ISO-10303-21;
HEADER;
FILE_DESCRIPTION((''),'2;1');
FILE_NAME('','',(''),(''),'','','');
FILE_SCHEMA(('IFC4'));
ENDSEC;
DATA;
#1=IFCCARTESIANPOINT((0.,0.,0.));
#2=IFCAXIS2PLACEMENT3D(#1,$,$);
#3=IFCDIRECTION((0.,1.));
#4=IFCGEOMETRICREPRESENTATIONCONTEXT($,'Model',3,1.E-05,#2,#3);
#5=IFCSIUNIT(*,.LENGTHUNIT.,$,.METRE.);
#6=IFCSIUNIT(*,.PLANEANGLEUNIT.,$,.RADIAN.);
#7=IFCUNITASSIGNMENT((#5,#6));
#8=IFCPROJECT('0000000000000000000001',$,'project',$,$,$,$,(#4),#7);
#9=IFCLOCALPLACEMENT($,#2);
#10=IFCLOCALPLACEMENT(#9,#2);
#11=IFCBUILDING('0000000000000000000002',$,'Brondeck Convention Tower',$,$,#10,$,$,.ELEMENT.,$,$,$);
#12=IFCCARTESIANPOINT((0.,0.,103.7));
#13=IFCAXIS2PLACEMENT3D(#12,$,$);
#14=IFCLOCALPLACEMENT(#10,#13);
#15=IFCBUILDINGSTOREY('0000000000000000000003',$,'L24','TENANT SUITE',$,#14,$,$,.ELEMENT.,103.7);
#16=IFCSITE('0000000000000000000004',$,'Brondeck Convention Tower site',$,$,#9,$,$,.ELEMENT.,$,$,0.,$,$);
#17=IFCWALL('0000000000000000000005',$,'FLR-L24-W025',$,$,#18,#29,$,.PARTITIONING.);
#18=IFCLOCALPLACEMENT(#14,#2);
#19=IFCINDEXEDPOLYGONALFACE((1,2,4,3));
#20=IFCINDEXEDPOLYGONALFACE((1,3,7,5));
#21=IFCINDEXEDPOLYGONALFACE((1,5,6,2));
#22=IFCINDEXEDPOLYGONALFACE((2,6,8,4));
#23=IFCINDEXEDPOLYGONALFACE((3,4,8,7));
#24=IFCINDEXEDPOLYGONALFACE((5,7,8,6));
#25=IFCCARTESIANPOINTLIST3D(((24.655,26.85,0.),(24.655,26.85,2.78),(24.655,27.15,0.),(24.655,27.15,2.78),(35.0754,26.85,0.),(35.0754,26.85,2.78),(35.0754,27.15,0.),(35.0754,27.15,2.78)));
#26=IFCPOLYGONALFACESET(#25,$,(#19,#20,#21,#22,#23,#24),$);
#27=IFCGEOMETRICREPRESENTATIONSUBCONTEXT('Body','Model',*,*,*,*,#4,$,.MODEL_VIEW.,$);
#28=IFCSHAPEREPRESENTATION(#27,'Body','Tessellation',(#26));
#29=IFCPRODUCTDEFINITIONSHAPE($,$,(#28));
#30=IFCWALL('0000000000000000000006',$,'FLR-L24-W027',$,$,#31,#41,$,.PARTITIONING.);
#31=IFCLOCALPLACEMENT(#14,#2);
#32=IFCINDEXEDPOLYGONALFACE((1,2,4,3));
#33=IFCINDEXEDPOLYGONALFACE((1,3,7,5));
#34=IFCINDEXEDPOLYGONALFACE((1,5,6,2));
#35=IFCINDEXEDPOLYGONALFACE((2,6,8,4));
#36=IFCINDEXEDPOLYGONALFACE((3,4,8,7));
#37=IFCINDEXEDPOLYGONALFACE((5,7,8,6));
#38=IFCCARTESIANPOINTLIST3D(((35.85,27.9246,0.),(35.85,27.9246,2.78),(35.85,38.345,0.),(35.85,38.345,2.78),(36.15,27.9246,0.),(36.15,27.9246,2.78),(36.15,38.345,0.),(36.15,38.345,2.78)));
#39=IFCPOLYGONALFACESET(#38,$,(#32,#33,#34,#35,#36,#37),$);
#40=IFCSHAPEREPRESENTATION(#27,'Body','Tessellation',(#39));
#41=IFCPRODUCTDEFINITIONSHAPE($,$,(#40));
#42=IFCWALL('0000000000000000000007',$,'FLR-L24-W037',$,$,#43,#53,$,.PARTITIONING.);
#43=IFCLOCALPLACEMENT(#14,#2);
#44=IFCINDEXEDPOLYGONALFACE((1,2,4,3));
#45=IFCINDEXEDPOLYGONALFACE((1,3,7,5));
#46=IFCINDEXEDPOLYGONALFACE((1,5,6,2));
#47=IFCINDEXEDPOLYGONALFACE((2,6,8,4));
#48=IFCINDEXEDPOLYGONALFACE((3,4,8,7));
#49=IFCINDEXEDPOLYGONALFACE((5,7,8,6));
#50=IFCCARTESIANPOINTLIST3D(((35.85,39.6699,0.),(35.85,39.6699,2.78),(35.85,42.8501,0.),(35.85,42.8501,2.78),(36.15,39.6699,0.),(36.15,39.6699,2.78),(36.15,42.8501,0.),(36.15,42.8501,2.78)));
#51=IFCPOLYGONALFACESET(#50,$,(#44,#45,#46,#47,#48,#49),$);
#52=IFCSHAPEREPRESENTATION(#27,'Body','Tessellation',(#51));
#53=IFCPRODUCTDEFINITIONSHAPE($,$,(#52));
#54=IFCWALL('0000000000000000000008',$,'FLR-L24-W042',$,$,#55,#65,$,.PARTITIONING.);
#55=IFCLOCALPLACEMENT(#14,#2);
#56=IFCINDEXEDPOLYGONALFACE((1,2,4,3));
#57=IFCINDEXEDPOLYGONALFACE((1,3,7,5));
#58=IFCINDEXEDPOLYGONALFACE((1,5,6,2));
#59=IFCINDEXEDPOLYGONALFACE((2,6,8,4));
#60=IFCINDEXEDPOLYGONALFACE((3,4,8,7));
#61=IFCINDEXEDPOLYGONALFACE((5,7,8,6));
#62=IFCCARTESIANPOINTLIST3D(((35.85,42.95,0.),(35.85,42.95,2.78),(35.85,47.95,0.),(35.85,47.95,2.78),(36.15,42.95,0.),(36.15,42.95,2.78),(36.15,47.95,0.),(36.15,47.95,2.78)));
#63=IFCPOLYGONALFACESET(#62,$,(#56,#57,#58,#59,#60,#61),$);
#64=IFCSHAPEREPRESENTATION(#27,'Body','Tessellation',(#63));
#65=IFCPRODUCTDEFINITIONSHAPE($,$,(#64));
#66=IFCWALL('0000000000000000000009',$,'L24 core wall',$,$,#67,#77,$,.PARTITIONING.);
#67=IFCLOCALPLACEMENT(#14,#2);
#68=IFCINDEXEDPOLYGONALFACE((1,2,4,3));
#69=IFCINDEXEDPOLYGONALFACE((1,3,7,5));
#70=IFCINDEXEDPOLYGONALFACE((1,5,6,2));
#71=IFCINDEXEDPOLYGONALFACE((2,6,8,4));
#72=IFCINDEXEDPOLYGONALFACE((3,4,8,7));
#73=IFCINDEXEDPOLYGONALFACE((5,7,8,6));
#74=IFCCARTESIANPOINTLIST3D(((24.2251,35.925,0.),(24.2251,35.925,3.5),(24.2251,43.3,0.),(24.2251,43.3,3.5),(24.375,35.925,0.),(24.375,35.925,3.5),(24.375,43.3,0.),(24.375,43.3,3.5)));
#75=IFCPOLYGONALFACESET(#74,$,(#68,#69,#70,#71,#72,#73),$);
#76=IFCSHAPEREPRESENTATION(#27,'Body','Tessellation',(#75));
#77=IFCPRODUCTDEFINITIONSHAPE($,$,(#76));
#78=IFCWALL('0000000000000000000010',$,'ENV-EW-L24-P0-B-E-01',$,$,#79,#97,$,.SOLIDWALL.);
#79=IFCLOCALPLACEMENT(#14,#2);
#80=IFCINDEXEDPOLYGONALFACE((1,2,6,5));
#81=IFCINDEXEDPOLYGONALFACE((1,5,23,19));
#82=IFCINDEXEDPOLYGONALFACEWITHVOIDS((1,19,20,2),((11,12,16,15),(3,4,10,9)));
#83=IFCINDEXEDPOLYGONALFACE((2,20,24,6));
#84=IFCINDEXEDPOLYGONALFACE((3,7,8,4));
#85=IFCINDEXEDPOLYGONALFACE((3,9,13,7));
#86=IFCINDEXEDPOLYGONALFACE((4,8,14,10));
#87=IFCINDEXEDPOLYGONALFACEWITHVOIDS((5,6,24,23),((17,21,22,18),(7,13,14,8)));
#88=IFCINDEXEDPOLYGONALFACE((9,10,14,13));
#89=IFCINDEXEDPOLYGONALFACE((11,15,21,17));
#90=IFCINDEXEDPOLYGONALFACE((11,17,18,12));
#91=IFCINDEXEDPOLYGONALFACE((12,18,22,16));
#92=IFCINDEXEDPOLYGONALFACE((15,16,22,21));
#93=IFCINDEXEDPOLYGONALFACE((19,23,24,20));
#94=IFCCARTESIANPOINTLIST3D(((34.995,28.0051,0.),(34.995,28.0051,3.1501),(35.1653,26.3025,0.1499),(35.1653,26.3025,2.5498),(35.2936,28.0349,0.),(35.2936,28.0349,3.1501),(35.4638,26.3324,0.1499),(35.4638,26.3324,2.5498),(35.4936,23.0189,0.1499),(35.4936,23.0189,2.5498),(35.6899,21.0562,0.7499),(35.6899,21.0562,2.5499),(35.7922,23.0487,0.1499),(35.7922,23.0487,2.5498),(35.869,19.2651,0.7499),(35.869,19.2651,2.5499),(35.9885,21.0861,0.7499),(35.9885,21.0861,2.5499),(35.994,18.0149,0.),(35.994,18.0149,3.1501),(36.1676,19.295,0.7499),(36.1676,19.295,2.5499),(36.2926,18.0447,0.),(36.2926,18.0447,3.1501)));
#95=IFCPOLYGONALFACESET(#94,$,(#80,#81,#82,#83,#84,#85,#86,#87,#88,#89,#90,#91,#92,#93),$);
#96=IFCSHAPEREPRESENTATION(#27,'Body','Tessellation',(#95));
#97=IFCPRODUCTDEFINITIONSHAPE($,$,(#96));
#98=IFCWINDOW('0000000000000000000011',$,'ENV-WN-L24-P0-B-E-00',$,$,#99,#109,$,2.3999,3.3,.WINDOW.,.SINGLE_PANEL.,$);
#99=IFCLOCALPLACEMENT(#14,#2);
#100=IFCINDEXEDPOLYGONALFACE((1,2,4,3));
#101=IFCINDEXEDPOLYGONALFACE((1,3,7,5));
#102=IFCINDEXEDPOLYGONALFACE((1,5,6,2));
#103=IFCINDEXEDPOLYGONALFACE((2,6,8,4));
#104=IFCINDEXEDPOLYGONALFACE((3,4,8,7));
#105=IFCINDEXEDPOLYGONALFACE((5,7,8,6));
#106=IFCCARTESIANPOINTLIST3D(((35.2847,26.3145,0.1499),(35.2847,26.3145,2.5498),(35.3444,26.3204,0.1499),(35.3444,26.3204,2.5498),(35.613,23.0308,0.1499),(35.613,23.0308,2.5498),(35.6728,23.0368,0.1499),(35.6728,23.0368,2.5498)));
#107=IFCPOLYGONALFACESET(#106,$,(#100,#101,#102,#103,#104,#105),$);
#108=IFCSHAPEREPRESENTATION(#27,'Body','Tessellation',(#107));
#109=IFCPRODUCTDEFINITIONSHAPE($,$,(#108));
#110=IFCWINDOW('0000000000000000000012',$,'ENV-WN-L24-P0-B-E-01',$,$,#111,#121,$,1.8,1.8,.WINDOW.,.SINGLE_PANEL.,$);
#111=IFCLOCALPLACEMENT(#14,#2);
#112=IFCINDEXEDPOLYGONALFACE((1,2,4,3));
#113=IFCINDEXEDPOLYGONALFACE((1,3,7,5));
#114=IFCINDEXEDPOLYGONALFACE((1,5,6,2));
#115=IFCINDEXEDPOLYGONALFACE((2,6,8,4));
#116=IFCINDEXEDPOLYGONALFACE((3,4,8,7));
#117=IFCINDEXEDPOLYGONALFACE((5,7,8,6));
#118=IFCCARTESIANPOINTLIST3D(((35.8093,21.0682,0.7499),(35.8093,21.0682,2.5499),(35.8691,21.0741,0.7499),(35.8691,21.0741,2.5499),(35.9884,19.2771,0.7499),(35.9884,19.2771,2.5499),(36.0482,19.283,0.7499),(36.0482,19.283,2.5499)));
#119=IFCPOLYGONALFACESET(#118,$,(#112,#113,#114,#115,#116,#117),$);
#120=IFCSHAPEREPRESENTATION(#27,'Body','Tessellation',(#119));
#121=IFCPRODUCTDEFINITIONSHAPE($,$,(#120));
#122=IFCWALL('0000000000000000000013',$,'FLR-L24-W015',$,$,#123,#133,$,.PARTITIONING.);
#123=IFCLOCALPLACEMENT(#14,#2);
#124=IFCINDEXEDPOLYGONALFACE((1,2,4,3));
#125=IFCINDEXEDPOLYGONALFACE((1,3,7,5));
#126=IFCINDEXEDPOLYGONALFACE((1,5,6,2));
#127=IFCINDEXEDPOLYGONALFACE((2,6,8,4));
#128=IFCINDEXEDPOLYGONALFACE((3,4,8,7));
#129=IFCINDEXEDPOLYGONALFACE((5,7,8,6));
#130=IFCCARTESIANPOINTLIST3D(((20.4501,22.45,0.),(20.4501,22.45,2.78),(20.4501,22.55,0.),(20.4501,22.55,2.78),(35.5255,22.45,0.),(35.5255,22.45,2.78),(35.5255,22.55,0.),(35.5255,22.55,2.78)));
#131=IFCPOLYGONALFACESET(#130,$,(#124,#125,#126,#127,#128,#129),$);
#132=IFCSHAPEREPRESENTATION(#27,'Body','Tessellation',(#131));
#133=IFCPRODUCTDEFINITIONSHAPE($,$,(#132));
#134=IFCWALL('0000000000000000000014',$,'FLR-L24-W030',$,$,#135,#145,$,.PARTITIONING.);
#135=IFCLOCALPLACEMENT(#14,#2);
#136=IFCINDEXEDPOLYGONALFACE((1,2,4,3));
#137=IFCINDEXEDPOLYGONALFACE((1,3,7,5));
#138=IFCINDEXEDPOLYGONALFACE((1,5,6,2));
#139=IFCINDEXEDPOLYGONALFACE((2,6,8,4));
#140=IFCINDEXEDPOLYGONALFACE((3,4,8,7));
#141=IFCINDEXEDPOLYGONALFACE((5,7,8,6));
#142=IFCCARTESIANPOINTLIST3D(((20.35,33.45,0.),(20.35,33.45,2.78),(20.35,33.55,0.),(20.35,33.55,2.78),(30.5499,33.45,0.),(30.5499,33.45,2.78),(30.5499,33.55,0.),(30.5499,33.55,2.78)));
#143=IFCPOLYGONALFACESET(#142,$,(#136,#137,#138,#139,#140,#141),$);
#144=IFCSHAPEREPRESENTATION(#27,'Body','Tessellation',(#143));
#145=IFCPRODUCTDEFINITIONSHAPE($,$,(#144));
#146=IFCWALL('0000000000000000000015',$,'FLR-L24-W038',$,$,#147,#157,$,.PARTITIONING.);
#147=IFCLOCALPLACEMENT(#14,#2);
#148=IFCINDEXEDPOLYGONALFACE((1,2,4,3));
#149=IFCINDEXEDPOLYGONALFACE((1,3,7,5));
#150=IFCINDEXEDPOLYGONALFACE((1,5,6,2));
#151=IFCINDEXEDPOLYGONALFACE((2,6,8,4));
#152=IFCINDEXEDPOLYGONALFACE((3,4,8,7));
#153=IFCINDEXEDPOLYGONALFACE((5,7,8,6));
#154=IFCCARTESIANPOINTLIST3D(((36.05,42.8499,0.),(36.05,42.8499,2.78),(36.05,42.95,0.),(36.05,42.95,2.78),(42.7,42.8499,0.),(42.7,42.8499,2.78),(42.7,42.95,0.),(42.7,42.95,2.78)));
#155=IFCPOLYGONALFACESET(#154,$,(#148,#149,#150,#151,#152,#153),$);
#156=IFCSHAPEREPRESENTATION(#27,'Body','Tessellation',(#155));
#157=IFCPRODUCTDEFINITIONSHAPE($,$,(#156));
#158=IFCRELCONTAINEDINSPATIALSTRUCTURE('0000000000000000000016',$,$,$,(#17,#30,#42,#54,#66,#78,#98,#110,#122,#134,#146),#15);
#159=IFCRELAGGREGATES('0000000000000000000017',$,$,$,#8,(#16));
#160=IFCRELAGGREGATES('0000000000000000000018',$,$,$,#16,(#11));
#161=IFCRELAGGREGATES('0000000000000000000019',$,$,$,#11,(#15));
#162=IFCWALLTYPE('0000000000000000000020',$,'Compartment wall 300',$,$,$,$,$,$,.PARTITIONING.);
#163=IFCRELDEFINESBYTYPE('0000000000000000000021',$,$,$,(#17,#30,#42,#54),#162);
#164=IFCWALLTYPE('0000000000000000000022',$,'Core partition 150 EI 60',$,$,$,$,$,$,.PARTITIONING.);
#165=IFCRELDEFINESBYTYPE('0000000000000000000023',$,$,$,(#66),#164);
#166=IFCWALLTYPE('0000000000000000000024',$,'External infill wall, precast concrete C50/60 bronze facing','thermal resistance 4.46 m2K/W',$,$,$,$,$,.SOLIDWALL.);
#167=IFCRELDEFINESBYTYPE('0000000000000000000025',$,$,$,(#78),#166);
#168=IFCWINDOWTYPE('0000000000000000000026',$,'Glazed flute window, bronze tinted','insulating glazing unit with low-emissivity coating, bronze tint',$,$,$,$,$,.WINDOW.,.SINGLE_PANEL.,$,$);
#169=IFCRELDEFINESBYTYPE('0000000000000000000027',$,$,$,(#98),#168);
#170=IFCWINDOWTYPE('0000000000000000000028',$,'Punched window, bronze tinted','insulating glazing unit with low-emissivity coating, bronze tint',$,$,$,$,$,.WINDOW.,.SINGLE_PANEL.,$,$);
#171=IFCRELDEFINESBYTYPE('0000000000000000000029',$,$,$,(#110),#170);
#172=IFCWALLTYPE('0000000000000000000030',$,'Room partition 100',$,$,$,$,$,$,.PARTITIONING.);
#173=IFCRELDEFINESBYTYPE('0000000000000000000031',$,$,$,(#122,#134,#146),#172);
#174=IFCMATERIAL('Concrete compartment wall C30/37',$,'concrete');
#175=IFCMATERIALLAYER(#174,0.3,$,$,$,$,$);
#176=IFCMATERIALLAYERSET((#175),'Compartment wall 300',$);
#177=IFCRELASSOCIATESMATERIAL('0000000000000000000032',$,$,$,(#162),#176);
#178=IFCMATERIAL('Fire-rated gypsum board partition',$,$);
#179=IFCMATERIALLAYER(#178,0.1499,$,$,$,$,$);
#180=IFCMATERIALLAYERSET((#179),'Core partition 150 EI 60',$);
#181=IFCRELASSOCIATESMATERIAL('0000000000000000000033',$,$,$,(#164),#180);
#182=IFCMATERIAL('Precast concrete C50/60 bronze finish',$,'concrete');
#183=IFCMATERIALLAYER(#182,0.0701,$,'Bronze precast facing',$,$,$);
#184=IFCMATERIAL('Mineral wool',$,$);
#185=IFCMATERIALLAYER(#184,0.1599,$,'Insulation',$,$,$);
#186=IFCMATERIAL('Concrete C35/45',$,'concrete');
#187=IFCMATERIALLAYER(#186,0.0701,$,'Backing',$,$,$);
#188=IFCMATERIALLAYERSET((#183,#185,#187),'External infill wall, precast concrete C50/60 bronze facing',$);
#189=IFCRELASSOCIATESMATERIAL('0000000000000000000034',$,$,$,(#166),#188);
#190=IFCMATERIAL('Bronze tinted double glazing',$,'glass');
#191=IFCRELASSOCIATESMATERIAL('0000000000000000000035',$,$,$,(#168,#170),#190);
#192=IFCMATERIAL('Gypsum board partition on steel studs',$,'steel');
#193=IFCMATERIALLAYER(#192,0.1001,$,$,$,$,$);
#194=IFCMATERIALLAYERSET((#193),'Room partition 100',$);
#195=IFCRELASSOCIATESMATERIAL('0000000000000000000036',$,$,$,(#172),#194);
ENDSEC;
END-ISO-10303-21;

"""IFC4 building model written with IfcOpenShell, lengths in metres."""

from ifc_helpers import new_model, si_unit, direction, frame, frame_2d, origin, place, context, subcontext, project, spatial, rectangle, extrude, material, layer, layer_set, type_object, element, fill, save


model = new_model("IFC4")

# Units and contexts
model_context = context("Model", 3, precision=1e-05, world=origin(), true_north=direction((0.0, 1.0)))
body_context = subcontext(model_context, "Body", "Model", "MODEL_VIEW")
ifc_project = project(units=[si_unit("LENGTHUNIT", "METRE"), si_unit("PLANEANGLEUNIT", "RADIAN")], contexts=[model_context])

# Site, building, storey
site_placement = place(None, origin())
site = spatial("IfcSite", under=ifc_project, at=site_placement, Name="Brondeck Convention Tower site", CompositionType="ELEMENT", RefElevation=0.0)
building_placement = place(site_placement, origin())
building = spatial("IfcBuilding", under=site, at=building_placement, Name="Brondeck Convention Tower", CompositionType="ELEMENT")
storey_placement = place(building_placement, frame((0.0, 0.0, 103.7)))
storey = spatial("IfcBuildingStorey", under=building, at=storey_placement, Name="L24", Description="TENANT SUITE", CompositionType="ELEMENT", Elevation=103.7)

# Walls
ifc_material_1 = material(Name="Concrete compartment wall C30/37", Category="concrete")
ifc_layer_1 = layer(ifc_material_1, 0.3)
ifc_layer_set_1 = layer_set([ifc_layer_1], Name="Compartment wall 300")
wall_type_1 = type_object("IfcWallType", Name="Compartment wall 300", PredefinedType="PARTITIONING", material=ifc_layer_set_1)
for number, where, z_axis, x_axis, name in (
    (1, (24.655, 27.0, 0.0), (0.0, 0.0, 1.0), (1.0, 0.0, 0.0), "FLR-L24-W025"),
    (2, (36.0, 27.9246, 0.0), (0.0, 0.0, 1.0), (0.0, 1.0, 0.0), "FLR-L24-W027"),
):
    element("IfcWall", number, at=place(storey_placement, frame(where, z_axis=z_axis, x_axis=x_axis)), inside=storey, type_object=wall_type_1, Name=name, PredefinedType="PARTITIONING", context=body_context, shape_type="SweptSolid", body=[
        extrude(rectangle(XDim=10.4204, YDim=0.3, at=frame_2d((5.2102, 0.0))), origin(), (0.0, 0.0, 1.0), 2.78),
    ])
wall_1_placement = place(storey_placement, frame((36.0, 39.6699, 0.0), z_axis=(0.0, 0.0, 1.0), x_axis=(0.0, 1.0, 0.0)))
element("IfcWall", 3, at=wall_1_placement, inside=storey, type_object=wall_type_1, Name="FLR-L24-W037", PredefinedType="PARTITIONING", context=body_context, shape_type="SweptSolid", body=[
    extrude(rectangle(XDim=3.1802, YDim=0.3, at=frame_2d((1.5901, 0.0))), origin(), (0.0, 0.0, 1.0), 2.78),
])
wall_2_placement = place(storey_placement, frame((36.0, 42.95, 0.0), z_axis=(0.0, 0.0, 1.0), x_axis=(0.0, 1.0, 0.0)))
element("IfcWall", 4, at=wall_2_placement, inside=storey, type_object=wall_type_1, Name="FLR-L24-W042", PredefinedType="PARTITIONING", context=body_context, shape_type="SweptSolid", body=[
    extrude(rectangle(XDim=5.0, YDim=0.3, at=frame_2d((2.5, 0.0))), origin(), (0.0, 0.0, 1.0), 2.78),
])
ifc_material_2 = material(Name="Fire-rated gypsum board partition")
ifc_layer_2 = layer(ifc_material_2, 0.1499)
ifc_layer_set_2 = layer_set([ifc_layer_2], Name="Core partition 150 EI 60")
wall_type_2 = type_object("IfcWallType", Name="Core partition 150 EI 60", PredefinedType="PARTITIONING", material=ifc_layer_set_2)
wall_3_placement = place(storey_placement, frame((24.3, 35.925, 0.0), z_axis=(0.0, 0.0, 1.0), x_axis=(0.0, 1.0, 0.0)))
element("IfcWall", 5, at=wall_3_placement, inside=storey, type_object=wall_type_2, Name="L24 core wall", PredefinedType="PARTITIONING", context=body_context, shape_type="SweptSolid", body=[
    extrude(rectangle(XDim=7.375, YDim=0.1499, at=frame_2d((3.6875, 0.0))), origin(), (0.0, 0.0, 1.0), 3.5),
])

# Wall, openings, windows
ifc_material_3 = material(Name="Precast concrete C50/60 bronze finish", Category="concrete")
ifc_layer_3 = layer(ifc_material_3, 0.0701, Name="Bronze precast facing")
ifc_material_4 = material(Name="Mineral wool")
ifc_layer_4 = layer(ifc_material_4, 0.1599, Name="Insulation")
ifc_material_5 = material(Name="Concrete C35/45", Category="concrete")
ifc_layer_5 = layer(ifc_material_5, 0.0701, Name="Backing")
ifc_layer_set_3 = layer_set([ifc_layer_3, ifc_layer_4, ifc_layer_5], Name="External infill wall, precast concrete C50/60 bronze facing")
wall_type_3 = type_object("IfcWallType", Name="External infill wall, precast concrete C50/60 bronze facing", Description="thermal resistance 4.46 m2K/W", PredefinedType="SOLIDWALL", material=ifc_layer_set_3)
wall_4_placement = place(storey_placement, frame((35.1443, 28.02, 0.0), z_axis=(0.0, 0.0, 1.0), x_axis=(0.099504, -0.995037, 0.0)))
wall_4 = element("IfcWall", 6, at=wall_4_placement, inside=storey, type_object=wall_type_3, Name="ENV-EW-L24-P0-B-E-01", PredefinedType="SOLIDWALL", context=body_context, shape_type="SweptSolid", body=[
    extrude(rectangle(XDim=10.04, YDim=0.3, at=frame_2d((5.02, 0.0))), origin(), (0.0, 0.0, 1.0), 3.1501),
])
opening_1_placement = place(wall_4_placement, frame((1.7112, 0.0, 0.1499)))
opening_1 = element("IfcOpeningElement", 7, at=opening_1_placement, cuts=wall_4, PredefinedType="OPENING", context=body_context, shape_type="SweptSolid", body=[
    extrude(rectangle(XDim=3.3, YDim=2.3999, at=frame_2d((1.6499, 1.2))), frame((0.0, 0.1599, 0.0), z_axis=(0.0, -1.0, 0.0), x_axis=(1.0, 0.0, 0.0)), (0.0, 0.0, 1.0), 0.3201),
])
opening_2_placement = place(wall_4_placement, frame((6.9836, 0.0, 0.75)))
opening_2 = element("IfcOpeningElement", 8, at=opening_2_placement, cuts=wall_4, PredefinedType="OPENING", context=body_context, shape_type="SweptSolid", body=[
    extrude(rectangle(XDim=1.8, YDim=1.8, at=frame_2d((0.8999, 0.8999))), frame((0.0, 0.1599, 0.0), z_axis=(0.0, -1.0, 0.0), x_axis=(1.0, 0.0, 0.0)), (0.0, 0.0, 1.0), 0.3201),
])
ifc_material_6 = material(Name="Bronze tinted double glazing", Category="glass")
window_type_1 = type_object("IfcWindowType", Name="Glazed flute window, bronze tinted", Description="insulating glazing unit with low-emissivity coating, bronze tint", PartitioningType="SINGLE_PANEL", PredefinedType="WINDOW", material=ifc_material_6)
window_1_placement = place(opening_1_placement, origin())
window_1 = element("IfcWindow", 9, at=window_1_placement, inside=storey, type_object=window_type_1, Name="ENV-WN-L24-P0-B-E-00", OverallHeight=2.3999, OverallWidth=3.3, PartitioningType="SINGLE_PANEL", PredefinedType="WINDOW", context=body_context, shape_type="SweptSolid", body=[
    extrude(rectangle(XDim=3.3, YDim=2.3999, at=frame_2d((1.6499, 1.2))), frame((0.0, 0.03, 0.0), z_axis=(0.0, -1.0, 0.0), x_axis=(1.0, 0.0, 0.0)), (0.0, 0.0, 1.0), 0.0601),
])
fill(opening_1, window_1)
window_type_2 = type_object("IfcWindowType", Name="Punched window, bronze tinted", Description="insulating glazing unit with low-emissivity coating, bronze tint", PartitioningType="SINGLE_PANEL", PredefinedType="WINDOW", material=ifc_material_6)
window_2_placement = place(opening_2_placement, origin())
window_2 = element("IfcWindow", 10, at=window_2_placement, inside=storey, type_object=window_type_2, Name="ENV-WN-L24-P0-B-E-01", OverallHeight=1.8, OverallWidth=1.8, PartitioningType="SINGLE_PANEL", PredefinedType="WINDOW", context=body_context, shape_type="SweptSolid", body=[
    extrude(rectangle(XDim=1.8, YDim=1.8, at=frame_2d((0.8999, 0.8999))), frame((0.0, 0.03, 0.0), z_axis=(0.0, -1.0, 0.0), x_axis=(1.0, 0.0, 0.0)), (0.0, 0.0, 1.0), 0.0601),
])
fill(opening_2, window_2)

# Walls
ifc_material_7 = material(Name="Gypsum board partition on steel studs", Category="steel")
ifc_layer_6 = layer(ifc_material_7, 0.1001)
ifc_layer_set_4 = layer_set([ifc_layer_6], Name="Room partition 100")
wall_type_4 = type_object("IfcWallType", Name="Room partition 100", PredefinedType="PARTITIONING", material=ifc_layer_set_4)
wall_5_placement = place(storey_placement, frame((35.5254, 22.5, 0.0), z_axis=(0.0, 0.0, 1.0), x_axis=(-1.0, 0.0, 0.0)))
element("IfcWall", 11, at=wall_5_placement, inside=storey, type_object=wall_type_4, Name="FLR-L24-W015", PredefinedType="PARTITIONING", context=body_context, shape_type="SweptSolid", body=[
    extrude(rectangle(XDim=15.0754, YDim=0.1001, at=frame_2d((7.5376, 0.0))), origin(), (0.0, 0.0, 1.0), 2.78),
])
wall_6_placement = place(storey_placement, frame((30.55, 33.5, 0.0), z_axis=(0.0, 0.0, 1.0), x_axis=(-1.0, 0.0, 0.0)))
element("IfcWall", 12, at=wall_6_placement, inside=storey, type_object=wall_type_4, Name="FLR-L24-W030", PredefinedType="PARTITIONING", context=body_context, shape_type="SweptSolid", body=[
    extrude(rectangle(XDim=10.2, YDim=0.1001, at=frame_2d((5.1001, 0.0))), origin(), (0.0, 0.0, 1.0), 2.78),
])
wall_7_placement = place(storey_placement, frame((36.05, 42.8999, 0.0), z_axis=(0.0, 0.0, 1.0), x_axis=(1.0, 0.0, 0.0)))
element("IfcWall", 13, at=wall_7_placement, inside=storey, type_object=wall_type_4, Name="FLR-L24-W038", PredefinedType="PARTITIONING", context=body_context, shape_type="SweptSolid", body=[
    extrude(rectangle(XDim=6.6499, YDim=0.1001, at=frame_2d((3.325, 0.0))), origin(), (0.0, 0.0, 1.0), 2.78),
])

save(model, "model.ifc")
